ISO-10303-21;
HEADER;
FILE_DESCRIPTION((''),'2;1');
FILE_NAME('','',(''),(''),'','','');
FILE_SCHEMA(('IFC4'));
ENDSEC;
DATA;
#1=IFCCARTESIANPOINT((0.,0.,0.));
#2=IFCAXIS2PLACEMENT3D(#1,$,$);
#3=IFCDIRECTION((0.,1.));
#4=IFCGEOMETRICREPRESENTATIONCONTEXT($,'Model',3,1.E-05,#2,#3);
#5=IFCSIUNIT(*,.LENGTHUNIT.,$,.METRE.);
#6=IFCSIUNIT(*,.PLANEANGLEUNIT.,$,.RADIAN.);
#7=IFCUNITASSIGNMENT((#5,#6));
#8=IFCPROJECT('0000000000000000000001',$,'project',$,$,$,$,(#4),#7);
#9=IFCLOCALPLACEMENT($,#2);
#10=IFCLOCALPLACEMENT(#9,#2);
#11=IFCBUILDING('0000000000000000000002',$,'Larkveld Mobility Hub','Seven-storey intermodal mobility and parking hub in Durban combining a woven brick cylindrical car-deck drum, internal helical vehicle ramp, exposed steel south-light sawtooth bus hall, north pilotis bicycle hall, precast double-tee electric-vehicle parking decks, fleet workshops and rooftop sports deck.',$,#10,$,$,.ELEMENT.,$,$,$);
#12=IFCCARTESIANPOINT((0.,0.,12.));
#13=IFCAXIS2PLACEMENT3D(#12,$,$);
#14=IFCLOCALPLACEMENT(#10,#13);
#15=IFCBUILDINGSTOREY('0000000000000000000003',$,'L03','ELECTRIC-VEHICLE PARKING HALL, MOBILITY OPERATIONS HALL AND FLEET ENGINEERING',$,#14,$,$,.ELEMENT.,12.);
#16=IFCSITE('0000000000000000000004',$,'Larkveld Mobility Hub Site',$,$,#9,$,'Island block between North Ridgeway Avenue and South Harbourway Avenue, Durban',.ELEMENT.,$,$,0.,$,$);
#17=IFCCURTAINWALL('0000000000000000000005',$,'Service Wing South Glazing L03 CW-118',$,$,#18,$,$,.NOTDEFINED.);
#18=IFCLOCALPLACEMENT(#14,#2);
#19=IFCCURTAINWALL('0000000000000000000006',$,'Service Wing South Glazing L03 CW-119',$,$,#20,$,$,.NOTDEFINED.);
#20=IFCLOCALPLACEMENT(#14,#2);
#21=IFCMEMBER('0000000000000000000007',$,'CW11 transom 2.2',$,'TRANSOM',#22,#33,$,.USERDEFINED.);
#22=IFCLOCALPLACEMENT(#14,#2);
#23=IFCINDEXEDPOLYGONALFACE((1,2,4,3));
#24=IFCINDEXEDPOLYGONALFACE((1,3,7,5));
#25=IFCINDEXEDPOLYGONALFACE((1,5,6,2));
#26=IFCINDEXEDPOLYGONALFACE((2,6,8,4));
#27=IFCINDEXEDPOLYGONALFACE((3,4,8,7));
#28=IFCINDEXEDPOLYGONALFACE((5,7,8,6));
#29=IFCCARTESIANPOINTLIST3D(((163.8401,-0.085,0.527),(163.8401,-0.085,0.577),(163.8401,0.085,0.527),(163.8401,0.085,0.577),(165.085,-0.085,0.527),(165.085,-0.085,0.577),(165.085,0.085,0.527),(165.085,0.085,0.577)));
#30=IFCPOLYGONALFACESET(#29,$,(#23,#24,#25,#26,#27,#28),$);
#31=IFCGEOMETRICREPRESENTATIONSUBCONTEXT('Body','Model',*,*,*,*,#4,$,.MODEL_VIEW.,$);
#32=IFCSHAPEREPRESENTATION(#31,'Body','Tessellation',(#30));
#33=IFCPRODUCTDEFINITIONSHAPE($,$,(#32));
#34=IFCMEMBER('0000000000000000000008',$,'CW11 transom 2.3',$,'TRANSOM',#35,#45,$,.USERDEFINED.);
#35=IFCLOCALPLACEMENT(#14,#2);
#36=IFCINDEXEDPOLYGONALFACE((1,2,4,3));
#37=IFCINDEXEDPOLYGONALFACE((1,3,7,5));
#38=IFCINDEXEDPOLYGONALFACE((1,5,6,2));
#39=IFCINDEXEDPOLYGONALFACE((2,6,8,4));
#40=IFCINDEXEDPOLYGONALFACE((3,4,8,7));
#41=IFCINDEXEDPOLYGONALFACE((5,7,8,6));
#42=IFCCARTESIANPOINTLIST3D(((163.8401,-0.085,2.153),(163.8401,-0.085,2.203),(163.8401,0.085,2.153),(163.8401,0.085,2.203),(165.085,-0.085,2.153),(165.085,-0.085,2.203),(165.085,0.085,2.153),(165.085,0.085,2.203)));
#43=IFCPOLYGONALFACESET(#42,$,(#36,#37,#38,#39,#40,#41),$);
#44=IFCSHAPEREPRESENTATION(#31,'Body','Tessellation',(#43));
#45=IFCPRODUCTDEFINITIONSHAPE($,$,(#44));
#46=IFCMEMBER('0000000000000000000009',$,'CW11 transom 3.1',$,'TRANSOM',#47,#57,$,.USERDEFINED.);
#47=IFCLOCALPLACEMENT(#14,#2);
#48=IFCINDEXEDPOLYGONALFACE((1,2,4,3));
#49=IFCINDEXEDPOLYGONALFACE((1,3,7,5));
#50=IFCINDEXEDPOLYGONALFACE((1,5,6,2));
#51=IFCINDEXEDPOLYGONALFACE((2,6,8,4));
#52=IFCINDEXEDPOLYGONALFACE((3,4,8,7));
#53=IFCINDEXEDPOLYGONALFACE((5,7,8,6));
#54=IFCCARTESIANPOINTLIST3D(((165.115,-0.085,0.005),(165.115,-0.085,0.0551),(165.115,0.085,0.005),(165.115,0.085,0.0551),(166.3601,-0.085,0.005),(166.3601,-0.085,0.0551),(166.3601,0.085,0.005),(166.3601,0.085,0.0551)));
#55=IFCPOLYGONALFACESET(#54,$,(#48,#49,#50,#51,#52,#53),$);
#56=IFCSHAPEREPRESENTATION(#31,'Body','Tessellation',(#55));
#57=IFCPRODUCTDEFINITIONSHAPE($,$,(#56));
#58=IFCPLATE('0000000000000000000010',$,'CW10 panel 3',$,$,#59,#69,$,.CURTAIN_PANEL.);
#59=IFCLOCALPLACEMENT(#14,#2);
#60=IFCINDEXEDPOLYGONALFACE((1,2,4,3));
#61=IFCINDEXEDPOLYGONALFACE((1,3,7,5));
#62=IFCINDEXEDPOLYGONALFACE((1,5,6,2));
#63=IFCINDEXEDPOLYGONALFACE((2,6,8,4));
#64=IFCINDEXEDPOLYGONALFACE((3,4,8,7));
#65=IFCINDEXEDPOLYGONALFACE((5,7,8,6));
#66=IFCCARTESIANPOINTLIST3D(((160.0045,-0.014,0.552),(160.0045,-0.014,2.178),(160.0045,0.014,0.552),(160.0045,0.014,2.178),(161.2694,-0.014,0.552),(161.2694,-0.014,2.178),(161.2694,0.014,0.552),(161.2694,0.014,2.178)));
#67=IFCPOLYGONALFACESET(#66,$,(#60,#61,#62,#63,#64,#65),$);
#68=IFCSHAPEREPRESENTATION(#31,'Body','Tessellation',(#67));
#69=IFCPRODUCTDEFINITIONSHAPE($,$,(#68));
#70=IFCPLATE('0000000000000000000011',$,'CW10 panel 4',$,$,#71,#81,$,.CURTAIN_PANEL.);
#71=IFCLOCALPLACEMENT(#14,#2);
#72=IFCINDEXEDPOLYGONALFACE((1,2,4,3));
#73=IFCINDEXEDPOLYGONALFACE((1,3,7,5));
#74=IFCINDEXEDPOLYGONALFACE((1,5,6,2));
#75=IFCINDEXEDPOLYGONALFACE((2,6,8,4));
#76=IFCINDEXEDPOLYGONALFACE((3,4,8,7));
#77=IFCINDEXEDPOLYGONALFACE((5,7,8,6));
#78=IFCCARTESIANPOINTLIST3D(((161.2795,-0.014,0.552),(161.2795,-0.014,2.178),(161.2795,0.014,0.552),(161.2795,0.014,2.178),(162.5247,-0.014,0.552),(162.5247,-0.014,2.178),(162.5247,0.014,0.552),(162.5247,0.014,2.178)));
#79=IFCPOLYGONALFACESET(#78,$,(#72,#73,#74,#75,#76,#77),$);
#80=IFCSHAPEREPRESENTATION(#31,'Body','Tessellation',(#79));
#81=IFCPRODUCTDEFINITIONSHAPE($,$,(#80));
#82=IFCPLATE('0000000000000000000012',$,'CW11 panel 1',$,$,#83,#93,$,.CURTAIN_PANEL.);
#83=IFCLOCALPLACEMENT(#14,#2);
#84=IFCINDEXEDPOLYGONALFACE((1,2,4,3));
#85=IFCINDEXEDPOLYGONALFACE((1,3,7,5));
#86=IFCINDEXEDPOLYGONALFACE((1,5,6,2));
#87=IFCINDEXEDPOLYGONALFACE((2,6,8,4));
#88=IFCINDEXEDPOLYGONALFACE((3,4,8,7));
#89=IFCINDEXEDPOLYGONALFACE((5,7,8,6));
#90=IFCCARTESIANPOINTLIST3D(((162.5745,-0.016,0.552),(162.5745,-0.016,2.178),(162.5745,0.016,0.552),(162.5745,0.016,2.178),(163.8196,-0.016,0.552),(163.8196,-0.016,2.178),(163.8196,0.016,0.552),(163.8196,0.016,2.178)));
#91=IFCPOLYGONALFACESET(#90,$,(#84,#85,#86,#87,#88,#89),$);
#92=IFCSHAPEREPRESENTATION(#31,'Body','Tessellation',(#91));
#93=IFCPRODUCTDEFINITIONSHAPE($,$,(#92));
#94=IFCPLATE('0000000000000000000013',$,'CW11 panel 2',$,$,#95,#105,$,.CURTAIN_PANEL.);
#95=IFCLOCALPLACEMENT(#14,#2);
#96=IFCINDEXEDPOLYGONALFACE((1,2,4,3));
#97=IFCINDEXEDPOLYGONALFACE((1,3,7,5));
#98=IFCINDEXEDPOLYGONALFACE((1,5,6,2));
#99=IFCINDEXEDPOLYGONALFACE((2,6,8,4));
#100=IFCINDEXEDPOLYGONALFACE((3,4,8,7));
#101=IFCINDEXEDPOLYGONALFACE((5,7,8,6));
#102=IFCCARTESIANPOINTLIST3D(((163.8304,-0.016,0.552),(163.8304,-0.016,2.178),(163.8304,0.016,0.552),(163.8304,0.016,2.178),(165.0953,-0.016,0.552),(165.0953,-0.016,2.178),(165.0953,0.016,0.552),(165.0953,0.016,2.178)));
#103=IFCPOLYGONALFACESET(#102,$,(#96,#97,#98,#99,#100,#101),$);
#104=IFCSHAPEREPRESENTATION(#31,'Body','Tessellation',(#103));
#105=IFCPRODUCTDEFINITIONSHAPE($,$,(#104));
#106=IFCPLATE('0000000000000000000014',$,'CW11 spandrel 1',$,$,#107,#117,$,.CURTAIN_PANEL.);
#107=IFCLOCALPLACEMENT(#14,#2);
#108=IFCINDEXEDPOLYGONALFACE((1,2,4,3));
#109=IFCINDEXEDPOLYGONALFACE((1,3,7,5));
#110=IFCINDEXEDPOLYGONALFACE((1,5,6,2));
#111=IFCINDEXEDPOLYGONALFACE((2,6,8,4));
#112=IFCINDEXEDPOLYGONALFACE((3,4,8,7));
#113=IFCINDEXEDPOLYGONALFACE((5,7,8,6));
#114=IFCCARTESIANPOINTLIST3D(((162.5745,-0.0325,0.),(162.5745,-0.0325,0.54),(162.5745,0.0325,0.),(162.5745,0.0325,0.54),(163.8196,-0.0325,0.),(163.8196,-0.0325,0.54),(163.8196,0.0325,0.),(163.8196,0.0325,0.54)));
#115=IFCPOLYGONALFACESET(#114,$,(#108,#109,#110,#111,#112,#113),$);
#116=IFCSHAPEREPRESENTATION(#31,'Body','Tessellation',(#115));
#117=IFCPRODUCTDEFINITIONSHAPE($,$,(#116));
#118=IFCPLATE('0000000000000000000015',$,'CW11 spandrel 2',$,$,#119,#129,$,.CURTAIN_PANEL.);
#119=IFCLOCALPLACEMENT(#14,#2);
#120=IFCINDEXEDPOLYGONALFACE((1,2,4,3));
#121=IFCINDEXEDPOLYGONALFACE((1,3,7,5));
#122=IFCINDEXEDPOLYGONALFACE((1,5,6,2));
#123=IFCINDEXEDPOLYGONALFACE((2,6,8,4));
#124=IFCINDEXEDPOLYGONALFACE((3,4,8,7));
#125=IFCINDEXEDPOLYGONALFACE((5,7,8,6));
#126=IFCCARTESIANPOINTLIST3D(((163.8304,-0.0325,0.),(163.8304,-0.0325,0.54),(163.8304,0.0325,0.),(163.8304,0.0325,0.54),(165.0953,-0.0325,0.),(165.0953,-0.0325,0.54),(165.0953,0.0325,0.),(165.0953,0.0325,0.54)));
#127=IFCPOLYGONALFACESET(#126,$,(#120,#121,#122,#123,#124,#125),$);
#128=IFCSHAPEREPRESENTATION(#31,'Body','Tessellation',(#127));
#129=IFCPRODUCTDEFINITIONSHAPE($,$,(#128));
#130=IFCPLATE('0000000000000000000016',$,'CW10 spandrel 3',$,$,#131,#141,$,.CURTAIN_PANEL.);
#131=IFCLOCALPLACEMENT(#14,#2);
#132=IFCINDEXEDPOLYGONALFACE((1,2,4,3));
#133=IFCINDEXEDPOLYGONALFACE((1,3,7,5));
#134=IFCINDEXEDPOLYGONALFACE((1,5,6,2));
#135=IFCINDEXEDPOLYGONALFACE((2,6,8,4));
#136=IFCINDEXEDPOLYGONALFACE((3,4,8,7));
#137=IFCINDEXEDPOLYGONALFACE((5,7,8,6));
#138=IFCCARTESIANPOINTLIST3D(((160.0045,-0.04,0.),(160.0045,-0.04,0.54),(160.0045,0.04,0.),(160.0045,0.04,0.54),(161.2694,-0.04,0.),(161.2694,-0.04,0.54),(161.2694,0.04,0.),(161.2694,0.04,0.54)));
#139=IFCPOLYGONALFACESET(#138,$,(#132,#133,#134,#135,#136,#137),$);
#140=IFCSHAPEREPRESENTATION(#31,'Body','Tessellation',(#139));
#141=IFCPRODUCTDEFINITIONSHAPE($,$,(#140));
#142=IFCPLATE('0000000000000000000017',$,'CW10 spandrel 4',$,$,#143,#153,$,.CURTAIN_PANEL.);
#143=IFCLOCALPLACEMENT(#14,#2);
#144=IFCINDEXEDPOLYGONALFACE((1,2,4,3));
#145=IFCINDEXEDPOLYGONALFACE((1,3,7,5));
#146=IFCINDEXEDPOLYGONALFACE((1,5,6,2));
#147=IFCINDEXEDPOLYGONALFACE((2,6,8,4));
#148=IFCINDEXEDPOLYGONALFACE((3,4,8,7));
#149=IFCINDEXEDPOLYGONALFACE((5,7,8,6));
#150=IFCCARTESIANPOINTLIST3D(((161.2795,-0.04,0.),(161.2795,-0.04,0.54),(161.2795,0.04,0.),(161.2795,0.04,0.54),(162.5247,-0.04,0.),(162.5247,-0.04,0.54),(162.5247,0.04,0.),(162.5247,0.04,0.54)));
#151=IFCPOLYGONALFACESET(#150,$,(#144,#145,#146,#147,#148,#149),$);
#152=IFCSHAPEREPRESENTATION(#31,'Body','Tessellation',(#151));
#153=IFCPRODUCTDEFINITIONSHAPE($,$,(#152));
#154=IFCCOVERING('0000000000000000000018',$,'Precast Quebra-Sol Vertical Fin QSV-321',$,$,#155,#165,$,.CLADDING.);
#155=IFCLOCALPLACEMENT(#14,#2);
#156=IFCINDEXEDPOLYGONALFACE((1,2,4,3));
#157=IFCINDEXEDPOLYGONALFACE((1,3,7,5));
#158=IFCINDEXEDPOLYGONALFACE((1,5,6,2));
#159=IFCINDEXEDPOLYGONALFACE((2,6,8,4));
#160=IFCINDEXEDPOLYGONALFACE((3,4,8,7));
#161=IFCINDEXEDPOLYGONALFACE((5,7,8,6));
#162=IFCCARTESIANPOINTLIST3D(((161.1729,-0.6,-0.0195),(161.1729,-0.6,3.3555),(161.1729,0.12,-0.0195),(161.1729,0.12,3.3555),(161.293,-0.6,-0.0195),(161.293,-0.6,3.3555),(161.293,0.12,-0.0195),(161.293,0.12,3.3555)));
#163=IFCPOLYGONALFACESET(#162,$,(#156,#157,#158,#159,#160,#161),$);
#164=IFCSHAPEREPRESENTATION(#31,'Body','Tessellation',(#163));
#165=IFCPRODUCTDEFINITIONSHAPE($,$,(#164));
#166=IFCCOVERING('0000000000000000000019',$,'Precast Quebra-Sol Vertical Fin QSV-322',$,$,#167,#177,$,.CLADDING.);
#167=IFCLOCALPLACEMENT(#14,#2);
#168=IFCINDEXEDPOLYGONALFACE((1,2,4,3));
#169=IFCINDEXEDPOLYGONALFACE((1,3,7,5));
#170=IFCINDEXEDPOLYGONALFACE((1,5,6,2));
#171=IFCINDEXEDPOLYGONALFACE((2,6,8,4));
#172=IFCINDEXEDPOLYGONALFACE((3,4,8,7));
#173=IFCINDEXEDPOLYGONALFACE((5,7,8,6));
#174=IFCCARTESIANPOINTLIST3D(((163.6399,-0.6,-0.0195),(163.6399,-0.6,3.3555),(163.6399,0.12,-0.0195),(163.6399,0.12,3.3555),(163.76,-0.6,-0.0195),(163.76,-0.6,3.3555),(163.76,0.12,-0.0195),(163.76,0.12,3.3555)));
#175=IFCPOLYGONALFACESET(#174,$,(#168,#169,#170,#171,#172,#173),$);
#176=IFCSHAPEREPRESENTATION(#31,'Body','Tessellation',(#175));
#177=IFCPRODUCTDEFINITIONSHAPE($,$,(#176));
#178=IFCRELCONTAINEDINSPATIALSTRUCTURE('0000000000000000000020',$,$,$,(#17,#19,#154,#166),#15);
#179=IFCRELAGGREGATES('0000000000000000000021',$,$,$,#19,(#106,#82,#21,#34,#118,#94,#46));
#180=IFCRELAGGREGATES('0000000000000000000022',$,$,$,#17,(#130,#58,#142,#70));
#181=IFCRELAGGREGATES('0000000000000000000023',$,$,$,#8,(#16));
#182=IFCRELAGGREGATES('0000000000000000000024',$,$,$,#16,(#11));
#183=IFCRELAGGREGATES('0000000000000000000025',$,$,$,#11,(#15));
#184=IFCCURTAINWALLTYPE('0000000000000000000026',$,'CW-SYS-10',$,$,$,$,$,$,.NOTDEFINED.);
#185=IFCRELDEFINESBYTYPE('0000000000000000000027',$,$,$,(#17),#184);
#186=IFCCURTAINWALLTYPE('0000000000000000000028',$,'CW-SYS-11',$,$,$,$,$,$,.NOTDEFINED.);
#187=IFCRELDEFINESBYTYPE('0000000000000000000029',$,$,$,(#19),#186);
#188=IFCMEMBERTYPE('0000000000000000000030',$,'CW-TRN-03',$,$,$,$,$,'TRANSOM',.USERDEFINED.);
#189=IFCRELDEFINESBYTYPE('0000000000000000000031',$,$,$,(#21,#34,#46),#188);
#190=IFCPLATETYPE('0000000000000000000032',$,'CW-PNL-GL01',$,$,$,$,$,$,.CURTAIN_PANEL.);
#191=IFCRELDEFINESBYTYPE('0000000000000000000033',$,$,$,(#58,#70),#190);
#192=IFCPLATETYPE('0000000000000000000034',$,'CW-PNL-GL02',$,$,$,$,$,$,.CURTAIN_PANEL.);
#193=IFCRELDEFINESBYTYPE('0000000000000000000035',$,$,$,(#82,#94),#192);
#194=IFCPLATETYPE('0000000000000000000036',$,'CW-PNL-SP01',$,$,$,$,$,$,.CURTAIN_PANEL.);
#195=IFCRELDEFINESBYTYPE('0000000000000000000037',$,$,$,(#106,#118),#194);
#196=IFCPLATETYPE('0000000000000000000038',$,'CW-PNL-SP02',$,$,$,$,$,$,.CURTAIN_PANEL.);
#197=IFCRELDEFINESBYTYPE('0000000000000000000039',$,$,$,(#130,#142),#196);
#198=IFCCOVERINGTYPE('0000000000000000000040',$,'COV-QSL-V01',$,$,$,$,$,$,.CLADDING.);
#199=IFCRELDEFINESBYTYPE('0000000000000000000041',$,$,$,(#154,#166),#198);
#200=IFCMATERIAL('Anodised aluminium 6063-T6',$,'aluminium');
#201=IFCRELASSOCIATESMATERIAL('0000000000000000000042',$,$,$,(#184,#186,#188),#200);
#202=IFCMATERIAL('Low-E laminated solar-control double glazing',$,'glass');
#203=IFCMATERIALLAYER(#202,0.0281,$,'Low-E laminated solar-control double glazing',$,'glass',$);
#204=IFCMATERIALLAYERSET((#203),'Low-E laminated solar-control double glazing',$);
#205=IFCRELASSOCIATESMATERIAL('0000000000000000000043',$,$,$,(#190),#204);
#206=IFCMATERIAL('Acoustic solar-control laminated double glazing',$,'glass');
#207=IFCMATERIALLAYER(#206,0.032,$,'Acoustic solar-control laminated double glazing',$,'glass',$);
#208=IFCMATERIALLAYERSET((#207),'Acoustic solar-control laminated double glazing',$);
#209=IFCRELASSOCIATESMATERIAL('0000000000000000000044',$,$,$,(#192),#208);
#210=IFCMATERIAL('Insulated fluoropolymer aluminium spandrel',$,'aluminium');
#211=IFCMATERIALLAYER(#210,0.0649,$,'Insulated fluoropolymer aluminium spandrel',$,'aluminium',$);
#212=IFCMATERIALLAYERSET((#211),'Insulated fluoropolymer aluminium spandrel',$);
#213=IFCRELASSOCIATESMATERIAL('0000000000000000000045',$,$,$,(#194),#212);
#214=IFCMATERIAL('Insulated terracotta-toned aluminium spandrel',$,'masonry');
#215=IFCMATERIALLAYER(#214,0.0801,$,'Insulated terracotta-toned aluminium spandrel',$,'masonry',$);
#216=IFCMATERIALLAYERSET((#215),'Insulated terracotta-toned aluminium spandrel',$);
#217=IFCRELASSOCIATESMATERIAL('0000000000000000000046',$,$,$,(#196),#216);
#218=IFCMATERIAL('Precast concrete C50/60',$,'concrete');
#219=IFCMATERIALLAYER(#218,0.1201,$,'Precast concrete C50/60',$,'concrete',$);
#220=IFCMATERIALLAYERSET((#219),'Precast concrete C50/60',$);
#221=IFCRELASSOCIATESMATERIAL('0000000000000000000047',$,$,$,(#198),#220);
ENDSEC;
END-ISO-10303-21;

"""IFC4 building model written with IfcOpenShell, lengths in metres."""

from ifc_helpers import new_model, si_unit, direction, frame, origin, origin_2d, place, context, subcontext, project, spatial, rectangle, extrude, material, layer, layer_set, material_profile, profile_set, type_object, element, aggregate, save


model = new_model("IFC4")

# Units and contexts
model_context = context("Model", 3, precision=1e-05, world=origin(), true_north=direction((0.0, 1.0)))
body_context = subcontext(model_context, "Body", "Model", "MODEL_VIEW")
ifc_project = project(units=[si_unit("LENGTHUNIT", "METRE"), si_unit("PLANEANGLEUNIT", "RADIAN")], contexts=[model_context])

# Site, building, storey
site_placement = place(None, origin())
site = spatial("IfcSite", under=ifc_project, at=site_placement, Name="Larkveld Mobility Hub Site", LongName="Island block between North Ridgeway Avenue and South Harbourway Avenue, Durban", CompositionType="ELEMENT", RefElevation=0.0)
building_placement = place(site_placement, origin())
building = spatial("IfcBuilding", under=site, at=building_placement, Name="Larkveld Mobility Hub", Description="Seven-storey intermodal mobility and parking hub in Durban combining a woven brick cylindrical car-deck drum, internal helical vehicle ramp, exposed steel south-light sawtooth bus hall, north pilotis bicycle hall, precast double-tee electric-vehicle parking decks, fleet workshops and rooftop sports deck.", CompositionType="ELEMENT")
storey_placement = place(building_placement, frame((0.0, 0.0, 12.0)))
storey = spatial("IfcBuildingStorey", under=building, at=storey_placement, Name="L03", Description="ELECTRIC-VEHICLE PARKING HALL, MOBILITY OPERATIONS HALL AND FLEET ENGINEERING", CompositionType="ELEMENT", Elevation=12.0)

# Curtain walls
ifc_material_1 = material(Name="Anodised aluminium 6063-T6", Category="aluminium")
curtain_wall_type_1 = type_object("IfcCurtainWallType", Name="CW-SYS-10", PredefinedType="NOTDEFINED", material=ifc_material_1)
curtain_wall_1_placement = place(storey_placement, origin())
curtain_wall_1 = element("IfcCurtainWall", 1, at=curtain_wall_1_placement, inside=storey, type_object=curtain_wall_type_1, Name="Service Wing South Glazing L03 CW-118", PredefinedType="NOTDEFINED")
curtain_wall_type_2 = type_object("IfcCurtainWallType", Name="CW-SYS-11", PredefinedType="NOTDEFINED", material=ifc_material_1)
curtain_wall_2_placement = place(storey_placement, origin())
curtain_wall_2 = element("IfcCurtainWall", 2, at=curtain_wall_2_placement, inside=storey, type_object=curtain_wall_type_2, Name="Service Wing South Glazing L03 CW-119", PredefinedType="NOTDEFINED")

# Members
ifc_material_profile_1 = material_profile(ifc_material_1, rectangle(XDim=0.1699, YDim=0.05, at=origin_2d()), Name="ALU TRAN 50x170")
ifc_profile_set_1 = profile_set([ifc_material_profile_1], Name="Anodised aluminium 6063-T6")
member_type_1 = type_object("IfcMemberType", Name="CW-TRN-03", ElementType="TRANSOM", PredefinedType="USERDEFINED", material=ifc_profile_set_1)
member_1_placement = place(storey_placement, frame((163.8401, 0.0, 0.552), z_axis=(1.0, 0.0, 0.0), x_axis=(0.0, 1.0, 0.0)))
member_1 = element("IfcMember", 3, at=member_1_placement, type_object=member_type_1, Name="CW11 transom 2.2", ObjectType="TRANSOM", PredefinedType="USERDEFINED", context=body_context, shape_type="SweptSolid", body=[
    extrude(rectangle(XDim=0.1699, YDim=0.05, at=origin_2d()), origin(), (0.0, 0.0, 1.0), 1.2449),
])
member_2_placement = place(storey_placement, frame((163.8401, 0.0, 2.178), z_axis=(1.0, 0.0, 0.0), x_axis=(0.0, 1.0, 0.0)))
member_2 = element("IfcMember", 4, at=member_2_placement, type_object=member_type_1, Name="CW11 transom 2.3", ObjectType="TRANSOM", PredefinedType="USERDEFINED", context=body_context, shape_type="SweptSolid", body=[
    extrude(rectangle(XDim=0.1699, YDim=0.05, at=origin_2d()), origin(), (0.0, 0.0, 1.0), 1.2449),
])
member_3_placement = place(storey_placement, frame((165.115, 0.0, 0.03), z_axis=(1.0, 0.0, 0.0), x_axis=(0.0, 1.0, 0.0)))
member_3 = element("IfcMember", 5, at=member_3_placement, type_object=member_type_1, Name="CW11 transom 3.1", ObjectType="TRANSOM", PredefinedType="USERDEFINED", context=body_context, shape_type="SweptSolid", body=[
    extrude(rectangle(XDim=0.1699, YDim=0.05, at=origin_2d()), origin(), (0.0, 0.0, 1.0), 1.2451),
])

# Plates
ifc_material_2 = material(Name="Low-E laminated solar-control double glazing", Category="glass")
ifc_layer_1 = layer(ifc_material_2, 0.0281, Name="Low-E laminated solar-control double glazing", Category="glass")
ifc_layer_set_1 = layer_set([ifc_layer_1], Name="Low-E laminated solar-control double glazing")
plate_type_1 = type_object("IfcPlateType", Name="CW-PNL-GL01", PredefinedType="CURTAIN_PANEL", material=ifc_layer_set_1)
plate_1_placement = place(storey_placement, frame((160.637, 0.0, 0.552), z_axis=(0.0, 0.0, 1.0), x_axis=(1.0, 0.0, 0.0)))
plate_1 = element("IfcPlate", 6, at=plate_1_placement, type_object=plate_type_1, Name="CW10 panel 3", PredefinedType="CURTAIN_PANEL", context=body_context, shape_type="SweptSolid", body=[
    extrude(rectangle(XDim=1.2649, YDim=0.0281, at=origin_2d()), origin(), (0.0, 0.0, 1.0), 1.626),
])
plate_2_placement = place(storey_placement, frame((161.9021, 0.0, 0.552), z_axis=(0.0, 0.0, 1.0), x_axis=(1.0, 0.0, 0.0)))
plate_2 = element("IfcPlate", 7, at=plate_2_placement, type_object=plate_type_1, Name="CW10 panel 4", PredefinedType="CURTAIN_PANEL", context=body_context, shape_type="SweptSolid", body=[
    extrude(rectangle(XDim=1.2451, YDim=0.0281, at=origin_2d()), origin(), (0.0, 0.0, 1.0), 1.626),
])
ifc_material_3 = material(Name="Acoustic solar-control laminated double glazing", Category="glass")
ifc_layer_2 = layer(ifc_material_3, 0.032, Name="Acoustic solar-control laminated double glazing", Category="glass")
ifc_layer_set_2 = layer_set([ifc_layer_2], Name="Acoustic solar-control laminated double glazing")
plate_type_2 = type_object("IfcPlateType", Name="CW-PNL-GL02", PredefinedType="CURTAIN_PANEL", material=ifc_layer_set_2)
plate_3_placement = place(storey_placement, frame((163.197, 0.0, 0.552), z_axis=(0.0, 0.0, 1.0), x_axis=(1.0, 0.0, 0.0)))
plate_3 = element("IfcPlate", 8, at=plate_3_placement, type_object=plate_type_2, Name="CW11 panel 1", PredefinedType="CURTAIN_PANEL", context=body_context, shape_type="SweptSolid", body=[
    extrude(rectangle(XDim=1.2451, YDim=0.032, at=origin_2d()), origin(), (0.0, 0.0, 1.0), 1.626),
])
plate_4_placement = place(storey_placement, frame((164.4629, 0.0, 0.552), z_axis=(0.0, 0.0, 1.0), x_axis=(1.0, 0.0, 0.0)))
plate_4 = element("IfcPlate", 9, at=plate_4_placement, type_object=plate_type_2, Name="CW11 panel 2", PredefinedType="CURTAIN_PANEL", context=body_context, shape_type="SweptSolid", body=[
    extrude(rectangle(XDim=1.2649, YDim=0.032, at=origin_2d()), origin(), (0.0, 0.0, 1.0), 1.626),
])
ifc_material_4 = material(Name="Insulated fluoropolymer aluminium spandrel", Category="aluminium")
ifc_layer_3 = layer(ifc_material_4, 0.0649, Name="Insulated fluoropolymer aluminium spandrel", Category="aluminium")
ifc_layer_set_3 = layer_set([ifc_layer_3], Name="Insulated fluoropolymer aluminium spandrel")
plate_type_3 = type_object("IfcPlateType", Name="CW-PNL-SP01", PredefinedType="CURTAIN_PANEL", material=ifc_layer_set_3)
plate_5_placement = place(storey_placement, frame((163.197, 0.0, 0.0), z_axis=(0.0, 0.0, 1.0), x_axis=(1.0, 0.0, 0.0)))
plate_5 = element("IfcPlate", 10, at=plate_5_placement, type_object=plate_type_3, Name="CW11 spandrel 1", PredefinedType="CURTAIN_PANEL", context=body_context, shape_type="SweptSolid", body=[
    extrude(rectangle(XDim=1.2451, YDim=0.0649, at=origin_2d()), origin(), (0.0, 0.0, 1.0), 0.54),
])
plate_6_placement = place(storey_placement, frame((164.4629, 0.0, 0.0), z_axis=(0.0, 0.0, 1.0), x_axis=(1.0, 0.0, 0.0)))
plate_6 = element("IfcPlate", 11, at=plate_6_placement, type_object=plate_type_3, Name="CW11 spandrel 2", PredefinedType="CURTAIN_PANEL", context=body_context, shape_type="SweptSolid", body=[
    extrude(rectangle(XDim=1.2649, YDim=0.0649, at=origin_2d()), origin(), (0.0, 0.0, 1.0), 0.54),
])
aggregate(curtain_wall_2, [plate_5, plate_3, member_1, member_2, plate_6, plate_4, member_3])
ifc_material_5 = material(Name="Insulated terracotta-toned aluminium spandrel", Category="masonry")
ifc_layer_4 = layer(ifc_material_5, 0.0801, Name="Insulated terracotta-toned aluminium spandrel", Category="masonry")
ifc_layer_set_4 = layer_set([ifc_layer_4], Name="Insulated terracotta-toned aluminium spandrel")
plate_type_4 = type_object("IfcPlateType", Name="CW-PNL-SP02", PredefinedType="CURTAIN_PANEL", material=ifc_layer_set_4)
plate_7_placement = place(storey_placement, frame((160.637, 0.0, 0.0), z_axis=(0.0, 0.0, 1.0), x_axis=(1.0, 0.0, 0.0)))
plate_7 = element("IfcPlate", 12, at=plate_7_placement, type_object=plate_type_4, Name="CW10 spandrel 3", PredefinedType="CURTAIN_PANEL", context=body_context, shape_type="SweptSolid", body=[
    extrude(rectangle(XDim=1.2649, YDim=0.0801, at=origin_2d()), origin(), (0.0, 0.0, 1.0), 0.54),
])
plate_8_placement = place(storey_placement, frame((161.9021, 0.0, 0.0), z_axis=(0.0, 0.0, 1.0), x_axis=(1.0, 0.0, 0.0)))
plate_8 = element("IfcPlate", 13, at=plate_8_placement, type_object=plate_type_4, Name="CW10 spandrel 4", PredefinedType="CURTAIN_PANEL", context=body_context, shape_type="SweptSolid", body=[
    extrude(rectangle(XDim=1.2451, YDim=0.0801, at=origin_2d()), origin(), (0.0, 0.0, 1.0), 0.54),
])
aggregate(curtain_wall_1, [plate_7, plate_1, plate_8, plate_2])

# Coverings
ifc_material_6 = material(Name="Precast concrete C50/60", Category="concrete")
ifc_layer_5 = layer(ifc_material_6, 0.1201, Name="Precast concrete C50/60", Category="concrete")
ifc_layer_set_5 = layer_set([ifc_layer_5], Name="Precast concrete C50/60")
covering_type = type_object("IfcCoveringType", Name="COV-QSL-V01", PredefinedType="CLADDING", material=ifc_layer_set_5)
for number, where, z_axis, x_axis, name in (
    (14, (161.2329, -0.24, -0.0195), (0.0, 0.0, 1.0), (1.0, 0.0, 0.0), "Precast Quebra-Sol Vertical Fin QSV-321"),
    (15, (163.7, -0.24, -0.0195), (0.0, 0.0, 1.0), (1.0, 0.0, 0.0), "Precast Quebra-Sol Vertical Fin QSV-322"),
):
    element("IfcCovering", number, at=place(storey_placement, frame(where, z_axis=z_axis, x_axis=x_axis)), inside=storey, type_object=covering_type, Name=name, PredefinedType="CLADDING", context=body_context, shape_type="SweptSolid", body=[
        extrude(rectangle(XDim=0.1201, YDim=0.72, at=origin_2d()), origin(), (0.0, 0.0, 1.0), 3.375),
    ])

save(model, "model.ifc")
